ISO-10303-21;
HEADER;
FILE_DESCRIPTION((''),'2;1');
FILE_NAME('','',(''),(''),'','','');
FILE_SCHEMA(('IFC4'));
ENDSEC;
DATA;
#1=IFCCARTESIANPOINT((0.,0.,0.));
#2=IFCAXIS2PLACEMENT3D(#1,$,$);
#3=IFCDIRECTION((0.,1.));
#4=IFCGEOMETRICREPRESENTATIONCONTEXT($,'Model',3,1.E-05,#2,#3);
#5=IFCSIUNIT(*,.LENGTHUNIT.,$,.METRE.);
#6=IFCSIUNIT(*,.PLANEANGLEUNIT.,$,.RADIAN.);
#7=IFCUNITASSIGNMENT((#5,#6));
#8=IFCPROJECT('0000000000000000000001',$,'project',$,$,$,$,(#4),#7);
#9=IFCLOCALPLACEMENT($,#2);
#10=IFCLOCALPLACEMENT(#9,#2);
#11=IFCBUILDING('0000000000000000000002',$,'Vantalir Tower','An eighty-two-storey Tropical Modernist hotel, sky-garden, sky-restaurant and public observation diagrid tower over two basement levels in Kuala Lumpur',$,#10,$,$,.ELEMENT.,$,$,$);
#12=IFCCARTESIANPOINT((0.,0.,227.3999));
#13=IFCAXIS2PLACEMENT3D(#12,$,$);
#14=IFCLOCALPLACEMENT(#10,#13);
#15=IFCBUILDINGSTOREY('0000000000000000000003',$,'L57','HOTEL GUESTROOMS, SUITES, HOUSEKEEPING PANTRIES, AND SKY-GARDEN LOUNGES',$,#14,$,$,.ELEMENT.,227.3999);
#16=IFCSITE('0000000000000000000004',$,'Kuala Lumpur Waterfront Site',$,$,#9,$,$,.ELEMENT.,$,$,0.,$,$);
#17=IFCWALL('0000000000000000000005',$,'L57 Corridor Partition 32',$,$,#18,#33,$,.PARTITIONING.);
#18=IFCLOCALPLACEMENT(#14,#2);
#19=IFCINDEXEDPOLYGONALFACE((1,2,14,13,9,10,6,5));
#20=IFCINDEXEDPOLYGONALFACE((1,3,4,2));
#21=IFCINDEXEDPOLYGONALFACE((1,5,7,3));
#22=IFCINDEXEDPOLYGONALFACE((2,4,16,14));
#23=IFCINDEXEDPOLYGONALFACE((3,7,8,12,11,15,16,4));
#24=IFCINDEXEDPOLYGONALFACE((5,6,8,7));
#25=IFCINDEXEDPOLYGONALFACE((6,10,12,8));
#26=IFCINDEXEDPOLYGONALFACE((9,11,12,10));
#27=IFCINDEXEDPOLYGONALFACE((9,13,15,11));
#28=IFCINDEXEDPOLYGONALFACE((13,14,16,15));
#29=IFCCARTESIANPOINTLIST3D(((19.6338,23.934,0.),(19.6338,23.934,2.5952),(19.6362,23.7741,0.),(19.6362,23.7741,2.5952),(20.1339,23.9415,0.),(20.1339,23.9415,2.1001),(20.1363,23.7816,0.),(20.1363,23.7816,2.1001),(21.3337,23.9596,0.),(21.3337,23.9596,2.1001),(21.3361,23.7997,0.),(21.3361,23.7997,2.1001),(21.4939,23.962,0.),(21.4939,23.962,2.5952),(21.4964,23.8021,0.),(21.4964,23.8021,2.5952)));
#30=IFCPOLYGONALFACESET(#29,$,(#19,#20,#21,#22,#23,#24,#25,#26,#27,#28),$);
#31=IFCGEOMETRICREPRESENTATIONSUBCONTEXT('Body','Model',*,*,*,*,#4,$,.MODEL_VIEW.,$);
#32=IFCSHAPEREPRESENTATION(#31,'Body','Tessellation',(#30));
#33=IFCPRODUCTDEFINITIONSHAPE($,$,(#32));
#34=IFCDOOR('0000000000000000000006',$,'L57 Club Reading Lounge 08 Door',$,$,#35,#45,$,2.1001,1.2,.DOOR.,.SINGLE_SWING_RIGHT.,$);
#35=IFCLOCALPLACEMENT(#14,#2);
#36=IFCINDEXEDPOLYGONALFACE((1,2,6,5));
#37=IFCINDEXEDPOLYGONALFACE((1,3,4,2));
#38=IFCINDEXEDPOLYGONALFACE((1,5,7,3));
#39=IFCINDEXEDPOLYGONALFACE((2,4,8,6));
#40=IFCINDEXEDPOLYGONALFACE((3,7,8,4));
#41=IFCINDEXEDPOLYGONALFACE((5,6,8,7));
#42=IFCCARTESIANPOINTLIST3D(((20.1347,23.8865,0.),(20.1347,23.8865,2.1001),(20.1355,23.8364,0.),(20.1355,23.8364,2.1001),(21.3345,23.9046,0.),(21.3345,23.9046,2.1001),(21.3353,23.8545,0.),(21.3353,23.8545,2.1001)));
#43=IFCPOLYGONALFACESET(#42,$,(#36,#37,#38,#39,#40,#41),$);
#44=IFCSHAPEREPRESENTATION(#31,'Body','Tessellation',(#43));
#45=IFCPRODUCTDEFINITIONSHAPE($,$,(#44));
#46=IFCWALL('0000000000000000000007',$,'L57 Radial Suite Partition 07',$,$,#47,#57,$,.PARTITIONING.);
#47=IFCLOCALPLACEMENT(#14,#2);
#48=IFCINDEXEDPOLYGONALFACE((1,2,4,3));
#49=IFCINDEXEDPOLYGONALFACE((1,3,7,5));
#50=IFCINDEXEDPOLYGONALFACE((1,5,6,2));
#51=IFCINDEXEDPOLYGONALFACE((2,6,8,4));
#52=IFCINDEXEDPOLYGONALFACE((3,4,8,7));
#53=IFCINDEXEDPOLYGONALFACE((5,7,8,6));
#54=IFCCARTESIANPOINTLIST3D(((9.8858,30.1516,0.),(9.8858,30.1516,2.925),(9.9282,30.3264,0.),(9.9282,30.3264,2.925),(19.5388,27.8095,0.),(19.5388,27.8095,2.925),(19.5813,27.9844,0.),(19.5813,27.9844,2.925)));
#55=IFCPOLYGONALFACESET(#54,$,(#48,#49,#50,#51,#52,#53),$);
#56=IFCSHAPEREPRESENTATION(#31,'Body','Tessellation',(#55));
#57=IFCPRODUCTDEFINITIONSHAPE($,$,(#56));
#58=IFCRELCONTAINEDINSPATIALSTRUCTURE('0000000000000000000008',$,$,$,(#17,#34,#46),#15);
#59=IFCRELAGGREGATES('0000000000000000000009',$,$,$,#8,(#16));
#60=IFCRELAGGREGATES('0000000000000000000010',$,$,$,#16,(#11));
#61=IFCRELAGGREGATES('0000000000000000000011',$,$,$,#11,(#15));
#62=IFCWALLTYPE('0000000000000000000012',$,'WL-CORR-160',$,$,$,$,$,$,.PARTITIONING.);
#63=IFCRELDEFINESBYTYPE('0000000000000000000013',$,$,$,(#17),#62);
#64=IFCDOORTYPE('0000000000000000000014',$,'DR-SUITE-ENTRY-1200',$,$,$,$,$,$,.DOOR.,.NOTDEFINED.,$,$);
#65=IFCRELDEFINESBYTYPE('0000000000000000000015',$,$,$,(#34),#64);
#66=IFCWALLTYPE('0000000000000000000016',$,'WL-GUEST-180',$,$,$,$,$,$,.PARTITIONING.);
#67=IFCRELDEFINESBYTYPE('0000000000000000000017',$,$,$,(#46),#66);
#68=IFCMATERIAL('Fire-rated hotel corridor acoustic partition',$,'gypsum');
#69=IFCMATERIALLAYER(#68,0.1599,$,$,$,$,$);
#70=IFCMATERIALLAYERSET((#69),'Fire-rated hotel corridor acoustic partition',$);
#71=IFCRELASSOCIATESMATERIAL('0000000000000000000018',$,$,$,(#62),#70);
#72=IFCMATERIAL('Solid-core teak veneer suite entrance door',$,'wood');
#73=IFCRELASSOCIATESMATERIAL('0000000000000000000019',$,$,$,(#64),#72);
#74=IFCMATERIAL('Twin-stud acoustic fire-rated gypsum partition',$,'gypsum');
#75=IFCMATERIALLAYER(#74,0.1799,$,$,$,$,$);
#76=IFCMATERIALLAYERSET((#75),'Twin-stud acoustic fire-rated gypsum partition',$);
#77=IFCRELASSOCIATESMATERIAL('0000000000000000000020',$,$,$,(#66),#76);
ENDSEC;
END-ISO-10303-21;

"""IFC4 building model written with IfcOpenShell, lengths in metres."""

from ifc_helpers import new_model, si_unit, direction, frame, frame_2d, origin, place, context, subcontext, project, spatial, rectangle, extrude, material, layer, layer_set, type_object, element, fill, save


model = new_model("IFC4")

# Units and contexts
model_context = context("Model", 3, precision=1e-05, world=origin(), true_north=direction((0.0, 1.0)))
body_context = subcontext(model_context, "Body", "Model", "MODEL_VIEW")
ifc_project = project(units=[si_unit("LENGTHUNIT", "METRE"), si_unit("PLANEANGLEUNIT", "RADIAN")], contexts=[model_context])

# Site, building, storey
site_placement = place(None, origin())
site = spatial("IfcSite", under=ifc_project, at=site_placement, Name="Kuala Lumpur Waterfront Site", CompositionType="ELEMENT", RefElevation=0.0)
building_placement = place(site_placement, origin())
building = spatial("IfcBuilding", under=site, at=building_placement, Name="Vantalir Tower", Description="An eighty-two-storey Tropical Modernist hotel, sky-garden, sky-restaurant and public observation diagrid tower over two basement levels in Kuala Lumpur", CompositionType="ELEMENT")
storey_placement = place(building_placement, frame((0.0, 0.0, 227.3999)))
storey = spatial("IfcBuildingStorey", under=building, at=storey_placement, Name="L57", Description="HOTEL GUESTROOMS, SUITES, HOUSEKEEPING PANTRIES, AND SKY-GARDEN LOUNGES", CompositionType="ELEMENT", Elevation=227.3999)

# Wall, opening, door
ifc_material_1 = material(Name="Fire-rated hotel corridor acoustic partition", Category="gypsum")
ifc_layer_1 = layer(ifc_material_1, 0.1599)
ifc_layer_set_1 = layer_set([ifc_layer_1], Name="Fire-rated hotel corridor acoustic partition")
wall_type_1 = type_object("IfcWallType", Name="WL-CORR-160", PredefinedType="PARTITIONING", material=ifc_layer_set_1)
ifc_material_2 = material(Name="Solid-core teak veneer suite entrance door", Category="wood")
door_type_1 = type_object("IfcDoorType", Name="DR-SUITE-ENTRY-1200", OperationType="NOTDEFINED", PredefinedType="DOOR", material=ifc_material_2)
wall_1_placement = place(storey_placement, frame((19.635, 23.854, 0.0), z_axis=(0.0, 0.0, 1.0), x_axis=(0.999886, 0.015092, 0.0)))
wall_1 = element("IfcWall", 1, at=wall_1_placement, inside=storey, type_object=wall_type_1, Name="L57 Corridor Partition 32", PredefinedType="PARTITIONING", context=body_context, shape_type="SweptSolid", body=[
    extrude(rectangle(XDim=1.8604, YDim=0.1599, at=frame_2d((0.9302, 0.0))), origin(), (0.0, 0.0, 1.0), 2.5952),
])
opening_1_placement = place(wall_1_placement, frame((0.5, 0.0, 0.0)))
opening_1 = element("IfcOpeningElement", 2, at=opening_1_placement, cuts=wall_1, PredefinedType="OPENING", context=body_context, shape_type="SweptSolid", body=[
    extrude(rectangle(XDim=1.2, YDim=2.1001, at=frame_2d((0.6001, 1.05))), frame((0.0, 0.0898, 0.0), z_axis=(0.0, -1.0, 0.0), x_axis=(1.0, 0.0, 0.0)), (0.0, 0.0, 1.0), 0.1799),
])
door_1_placement = place(opening_1_placement, origin())
door_1 = element("IfcDoor", 3, at=door_1_placement, inside=storey, type_object=door_type_1, Name="L57 Club Reading Lounge 08 Door", OperationType="SINGLE_SWING_RIGHT", OverallHeight=2.1001, OverallWidth=1.2, PredefinedType="DOOR", context=body_context, shape_type="SweptSolid", body=[
    extrude(rectangle(XDim=1.2, YDim=2.1001, at=frame_2d((0.6001, 1.05))), frame((0.0, 0.0249, 0.0), z_axis=(0.0, -1.0, 0.0), x_axis=(1.0, 0.0, 0.0)), (0.0, 0.0, 1.0), 0.05),
])
fill(opening_1, door_1)

# Wall
ifc_material_3 = material(Name="Twin-stud acoustic fire-rated gypsum partition", Category="gypsum")
ifc_layer_2 = layer(ifc_material_3, 0.1799)
ifc_layer_set_2 = layer_set([ifc_layer_2], Name="Twin-stud acoustic fire-rated gypsum partition")
wall_type_2 = type_object("IfcWallType", Name="WL-GUEST-180", PredefinedType="PARTITIONING", material=ifc_layer_set_2)
wall_2_placement = place(storey_placement, frame((19.5601, 27.897, 0.0), z_axis=(0.0, 0.0, 1.0), x_axis=(-0.971806, 0.235781, 0.0)))
element("IfcWall", 4, at=wall_2_placement, inside=storey, type_object=wall_type_2, Name="L57 Radial Suite Partition 07", PredefinedType="PARTITIONING", context=body_context, shape_type="SweptSolid", body=[
    extrude(rectangle(XDim=9.9331, YDim=0.1799, at=frame_2d((4.9666, 0.0))), origin(), (0.0, 0.0, 1.0), 2.925),
])

save(model, "model.ifc")
